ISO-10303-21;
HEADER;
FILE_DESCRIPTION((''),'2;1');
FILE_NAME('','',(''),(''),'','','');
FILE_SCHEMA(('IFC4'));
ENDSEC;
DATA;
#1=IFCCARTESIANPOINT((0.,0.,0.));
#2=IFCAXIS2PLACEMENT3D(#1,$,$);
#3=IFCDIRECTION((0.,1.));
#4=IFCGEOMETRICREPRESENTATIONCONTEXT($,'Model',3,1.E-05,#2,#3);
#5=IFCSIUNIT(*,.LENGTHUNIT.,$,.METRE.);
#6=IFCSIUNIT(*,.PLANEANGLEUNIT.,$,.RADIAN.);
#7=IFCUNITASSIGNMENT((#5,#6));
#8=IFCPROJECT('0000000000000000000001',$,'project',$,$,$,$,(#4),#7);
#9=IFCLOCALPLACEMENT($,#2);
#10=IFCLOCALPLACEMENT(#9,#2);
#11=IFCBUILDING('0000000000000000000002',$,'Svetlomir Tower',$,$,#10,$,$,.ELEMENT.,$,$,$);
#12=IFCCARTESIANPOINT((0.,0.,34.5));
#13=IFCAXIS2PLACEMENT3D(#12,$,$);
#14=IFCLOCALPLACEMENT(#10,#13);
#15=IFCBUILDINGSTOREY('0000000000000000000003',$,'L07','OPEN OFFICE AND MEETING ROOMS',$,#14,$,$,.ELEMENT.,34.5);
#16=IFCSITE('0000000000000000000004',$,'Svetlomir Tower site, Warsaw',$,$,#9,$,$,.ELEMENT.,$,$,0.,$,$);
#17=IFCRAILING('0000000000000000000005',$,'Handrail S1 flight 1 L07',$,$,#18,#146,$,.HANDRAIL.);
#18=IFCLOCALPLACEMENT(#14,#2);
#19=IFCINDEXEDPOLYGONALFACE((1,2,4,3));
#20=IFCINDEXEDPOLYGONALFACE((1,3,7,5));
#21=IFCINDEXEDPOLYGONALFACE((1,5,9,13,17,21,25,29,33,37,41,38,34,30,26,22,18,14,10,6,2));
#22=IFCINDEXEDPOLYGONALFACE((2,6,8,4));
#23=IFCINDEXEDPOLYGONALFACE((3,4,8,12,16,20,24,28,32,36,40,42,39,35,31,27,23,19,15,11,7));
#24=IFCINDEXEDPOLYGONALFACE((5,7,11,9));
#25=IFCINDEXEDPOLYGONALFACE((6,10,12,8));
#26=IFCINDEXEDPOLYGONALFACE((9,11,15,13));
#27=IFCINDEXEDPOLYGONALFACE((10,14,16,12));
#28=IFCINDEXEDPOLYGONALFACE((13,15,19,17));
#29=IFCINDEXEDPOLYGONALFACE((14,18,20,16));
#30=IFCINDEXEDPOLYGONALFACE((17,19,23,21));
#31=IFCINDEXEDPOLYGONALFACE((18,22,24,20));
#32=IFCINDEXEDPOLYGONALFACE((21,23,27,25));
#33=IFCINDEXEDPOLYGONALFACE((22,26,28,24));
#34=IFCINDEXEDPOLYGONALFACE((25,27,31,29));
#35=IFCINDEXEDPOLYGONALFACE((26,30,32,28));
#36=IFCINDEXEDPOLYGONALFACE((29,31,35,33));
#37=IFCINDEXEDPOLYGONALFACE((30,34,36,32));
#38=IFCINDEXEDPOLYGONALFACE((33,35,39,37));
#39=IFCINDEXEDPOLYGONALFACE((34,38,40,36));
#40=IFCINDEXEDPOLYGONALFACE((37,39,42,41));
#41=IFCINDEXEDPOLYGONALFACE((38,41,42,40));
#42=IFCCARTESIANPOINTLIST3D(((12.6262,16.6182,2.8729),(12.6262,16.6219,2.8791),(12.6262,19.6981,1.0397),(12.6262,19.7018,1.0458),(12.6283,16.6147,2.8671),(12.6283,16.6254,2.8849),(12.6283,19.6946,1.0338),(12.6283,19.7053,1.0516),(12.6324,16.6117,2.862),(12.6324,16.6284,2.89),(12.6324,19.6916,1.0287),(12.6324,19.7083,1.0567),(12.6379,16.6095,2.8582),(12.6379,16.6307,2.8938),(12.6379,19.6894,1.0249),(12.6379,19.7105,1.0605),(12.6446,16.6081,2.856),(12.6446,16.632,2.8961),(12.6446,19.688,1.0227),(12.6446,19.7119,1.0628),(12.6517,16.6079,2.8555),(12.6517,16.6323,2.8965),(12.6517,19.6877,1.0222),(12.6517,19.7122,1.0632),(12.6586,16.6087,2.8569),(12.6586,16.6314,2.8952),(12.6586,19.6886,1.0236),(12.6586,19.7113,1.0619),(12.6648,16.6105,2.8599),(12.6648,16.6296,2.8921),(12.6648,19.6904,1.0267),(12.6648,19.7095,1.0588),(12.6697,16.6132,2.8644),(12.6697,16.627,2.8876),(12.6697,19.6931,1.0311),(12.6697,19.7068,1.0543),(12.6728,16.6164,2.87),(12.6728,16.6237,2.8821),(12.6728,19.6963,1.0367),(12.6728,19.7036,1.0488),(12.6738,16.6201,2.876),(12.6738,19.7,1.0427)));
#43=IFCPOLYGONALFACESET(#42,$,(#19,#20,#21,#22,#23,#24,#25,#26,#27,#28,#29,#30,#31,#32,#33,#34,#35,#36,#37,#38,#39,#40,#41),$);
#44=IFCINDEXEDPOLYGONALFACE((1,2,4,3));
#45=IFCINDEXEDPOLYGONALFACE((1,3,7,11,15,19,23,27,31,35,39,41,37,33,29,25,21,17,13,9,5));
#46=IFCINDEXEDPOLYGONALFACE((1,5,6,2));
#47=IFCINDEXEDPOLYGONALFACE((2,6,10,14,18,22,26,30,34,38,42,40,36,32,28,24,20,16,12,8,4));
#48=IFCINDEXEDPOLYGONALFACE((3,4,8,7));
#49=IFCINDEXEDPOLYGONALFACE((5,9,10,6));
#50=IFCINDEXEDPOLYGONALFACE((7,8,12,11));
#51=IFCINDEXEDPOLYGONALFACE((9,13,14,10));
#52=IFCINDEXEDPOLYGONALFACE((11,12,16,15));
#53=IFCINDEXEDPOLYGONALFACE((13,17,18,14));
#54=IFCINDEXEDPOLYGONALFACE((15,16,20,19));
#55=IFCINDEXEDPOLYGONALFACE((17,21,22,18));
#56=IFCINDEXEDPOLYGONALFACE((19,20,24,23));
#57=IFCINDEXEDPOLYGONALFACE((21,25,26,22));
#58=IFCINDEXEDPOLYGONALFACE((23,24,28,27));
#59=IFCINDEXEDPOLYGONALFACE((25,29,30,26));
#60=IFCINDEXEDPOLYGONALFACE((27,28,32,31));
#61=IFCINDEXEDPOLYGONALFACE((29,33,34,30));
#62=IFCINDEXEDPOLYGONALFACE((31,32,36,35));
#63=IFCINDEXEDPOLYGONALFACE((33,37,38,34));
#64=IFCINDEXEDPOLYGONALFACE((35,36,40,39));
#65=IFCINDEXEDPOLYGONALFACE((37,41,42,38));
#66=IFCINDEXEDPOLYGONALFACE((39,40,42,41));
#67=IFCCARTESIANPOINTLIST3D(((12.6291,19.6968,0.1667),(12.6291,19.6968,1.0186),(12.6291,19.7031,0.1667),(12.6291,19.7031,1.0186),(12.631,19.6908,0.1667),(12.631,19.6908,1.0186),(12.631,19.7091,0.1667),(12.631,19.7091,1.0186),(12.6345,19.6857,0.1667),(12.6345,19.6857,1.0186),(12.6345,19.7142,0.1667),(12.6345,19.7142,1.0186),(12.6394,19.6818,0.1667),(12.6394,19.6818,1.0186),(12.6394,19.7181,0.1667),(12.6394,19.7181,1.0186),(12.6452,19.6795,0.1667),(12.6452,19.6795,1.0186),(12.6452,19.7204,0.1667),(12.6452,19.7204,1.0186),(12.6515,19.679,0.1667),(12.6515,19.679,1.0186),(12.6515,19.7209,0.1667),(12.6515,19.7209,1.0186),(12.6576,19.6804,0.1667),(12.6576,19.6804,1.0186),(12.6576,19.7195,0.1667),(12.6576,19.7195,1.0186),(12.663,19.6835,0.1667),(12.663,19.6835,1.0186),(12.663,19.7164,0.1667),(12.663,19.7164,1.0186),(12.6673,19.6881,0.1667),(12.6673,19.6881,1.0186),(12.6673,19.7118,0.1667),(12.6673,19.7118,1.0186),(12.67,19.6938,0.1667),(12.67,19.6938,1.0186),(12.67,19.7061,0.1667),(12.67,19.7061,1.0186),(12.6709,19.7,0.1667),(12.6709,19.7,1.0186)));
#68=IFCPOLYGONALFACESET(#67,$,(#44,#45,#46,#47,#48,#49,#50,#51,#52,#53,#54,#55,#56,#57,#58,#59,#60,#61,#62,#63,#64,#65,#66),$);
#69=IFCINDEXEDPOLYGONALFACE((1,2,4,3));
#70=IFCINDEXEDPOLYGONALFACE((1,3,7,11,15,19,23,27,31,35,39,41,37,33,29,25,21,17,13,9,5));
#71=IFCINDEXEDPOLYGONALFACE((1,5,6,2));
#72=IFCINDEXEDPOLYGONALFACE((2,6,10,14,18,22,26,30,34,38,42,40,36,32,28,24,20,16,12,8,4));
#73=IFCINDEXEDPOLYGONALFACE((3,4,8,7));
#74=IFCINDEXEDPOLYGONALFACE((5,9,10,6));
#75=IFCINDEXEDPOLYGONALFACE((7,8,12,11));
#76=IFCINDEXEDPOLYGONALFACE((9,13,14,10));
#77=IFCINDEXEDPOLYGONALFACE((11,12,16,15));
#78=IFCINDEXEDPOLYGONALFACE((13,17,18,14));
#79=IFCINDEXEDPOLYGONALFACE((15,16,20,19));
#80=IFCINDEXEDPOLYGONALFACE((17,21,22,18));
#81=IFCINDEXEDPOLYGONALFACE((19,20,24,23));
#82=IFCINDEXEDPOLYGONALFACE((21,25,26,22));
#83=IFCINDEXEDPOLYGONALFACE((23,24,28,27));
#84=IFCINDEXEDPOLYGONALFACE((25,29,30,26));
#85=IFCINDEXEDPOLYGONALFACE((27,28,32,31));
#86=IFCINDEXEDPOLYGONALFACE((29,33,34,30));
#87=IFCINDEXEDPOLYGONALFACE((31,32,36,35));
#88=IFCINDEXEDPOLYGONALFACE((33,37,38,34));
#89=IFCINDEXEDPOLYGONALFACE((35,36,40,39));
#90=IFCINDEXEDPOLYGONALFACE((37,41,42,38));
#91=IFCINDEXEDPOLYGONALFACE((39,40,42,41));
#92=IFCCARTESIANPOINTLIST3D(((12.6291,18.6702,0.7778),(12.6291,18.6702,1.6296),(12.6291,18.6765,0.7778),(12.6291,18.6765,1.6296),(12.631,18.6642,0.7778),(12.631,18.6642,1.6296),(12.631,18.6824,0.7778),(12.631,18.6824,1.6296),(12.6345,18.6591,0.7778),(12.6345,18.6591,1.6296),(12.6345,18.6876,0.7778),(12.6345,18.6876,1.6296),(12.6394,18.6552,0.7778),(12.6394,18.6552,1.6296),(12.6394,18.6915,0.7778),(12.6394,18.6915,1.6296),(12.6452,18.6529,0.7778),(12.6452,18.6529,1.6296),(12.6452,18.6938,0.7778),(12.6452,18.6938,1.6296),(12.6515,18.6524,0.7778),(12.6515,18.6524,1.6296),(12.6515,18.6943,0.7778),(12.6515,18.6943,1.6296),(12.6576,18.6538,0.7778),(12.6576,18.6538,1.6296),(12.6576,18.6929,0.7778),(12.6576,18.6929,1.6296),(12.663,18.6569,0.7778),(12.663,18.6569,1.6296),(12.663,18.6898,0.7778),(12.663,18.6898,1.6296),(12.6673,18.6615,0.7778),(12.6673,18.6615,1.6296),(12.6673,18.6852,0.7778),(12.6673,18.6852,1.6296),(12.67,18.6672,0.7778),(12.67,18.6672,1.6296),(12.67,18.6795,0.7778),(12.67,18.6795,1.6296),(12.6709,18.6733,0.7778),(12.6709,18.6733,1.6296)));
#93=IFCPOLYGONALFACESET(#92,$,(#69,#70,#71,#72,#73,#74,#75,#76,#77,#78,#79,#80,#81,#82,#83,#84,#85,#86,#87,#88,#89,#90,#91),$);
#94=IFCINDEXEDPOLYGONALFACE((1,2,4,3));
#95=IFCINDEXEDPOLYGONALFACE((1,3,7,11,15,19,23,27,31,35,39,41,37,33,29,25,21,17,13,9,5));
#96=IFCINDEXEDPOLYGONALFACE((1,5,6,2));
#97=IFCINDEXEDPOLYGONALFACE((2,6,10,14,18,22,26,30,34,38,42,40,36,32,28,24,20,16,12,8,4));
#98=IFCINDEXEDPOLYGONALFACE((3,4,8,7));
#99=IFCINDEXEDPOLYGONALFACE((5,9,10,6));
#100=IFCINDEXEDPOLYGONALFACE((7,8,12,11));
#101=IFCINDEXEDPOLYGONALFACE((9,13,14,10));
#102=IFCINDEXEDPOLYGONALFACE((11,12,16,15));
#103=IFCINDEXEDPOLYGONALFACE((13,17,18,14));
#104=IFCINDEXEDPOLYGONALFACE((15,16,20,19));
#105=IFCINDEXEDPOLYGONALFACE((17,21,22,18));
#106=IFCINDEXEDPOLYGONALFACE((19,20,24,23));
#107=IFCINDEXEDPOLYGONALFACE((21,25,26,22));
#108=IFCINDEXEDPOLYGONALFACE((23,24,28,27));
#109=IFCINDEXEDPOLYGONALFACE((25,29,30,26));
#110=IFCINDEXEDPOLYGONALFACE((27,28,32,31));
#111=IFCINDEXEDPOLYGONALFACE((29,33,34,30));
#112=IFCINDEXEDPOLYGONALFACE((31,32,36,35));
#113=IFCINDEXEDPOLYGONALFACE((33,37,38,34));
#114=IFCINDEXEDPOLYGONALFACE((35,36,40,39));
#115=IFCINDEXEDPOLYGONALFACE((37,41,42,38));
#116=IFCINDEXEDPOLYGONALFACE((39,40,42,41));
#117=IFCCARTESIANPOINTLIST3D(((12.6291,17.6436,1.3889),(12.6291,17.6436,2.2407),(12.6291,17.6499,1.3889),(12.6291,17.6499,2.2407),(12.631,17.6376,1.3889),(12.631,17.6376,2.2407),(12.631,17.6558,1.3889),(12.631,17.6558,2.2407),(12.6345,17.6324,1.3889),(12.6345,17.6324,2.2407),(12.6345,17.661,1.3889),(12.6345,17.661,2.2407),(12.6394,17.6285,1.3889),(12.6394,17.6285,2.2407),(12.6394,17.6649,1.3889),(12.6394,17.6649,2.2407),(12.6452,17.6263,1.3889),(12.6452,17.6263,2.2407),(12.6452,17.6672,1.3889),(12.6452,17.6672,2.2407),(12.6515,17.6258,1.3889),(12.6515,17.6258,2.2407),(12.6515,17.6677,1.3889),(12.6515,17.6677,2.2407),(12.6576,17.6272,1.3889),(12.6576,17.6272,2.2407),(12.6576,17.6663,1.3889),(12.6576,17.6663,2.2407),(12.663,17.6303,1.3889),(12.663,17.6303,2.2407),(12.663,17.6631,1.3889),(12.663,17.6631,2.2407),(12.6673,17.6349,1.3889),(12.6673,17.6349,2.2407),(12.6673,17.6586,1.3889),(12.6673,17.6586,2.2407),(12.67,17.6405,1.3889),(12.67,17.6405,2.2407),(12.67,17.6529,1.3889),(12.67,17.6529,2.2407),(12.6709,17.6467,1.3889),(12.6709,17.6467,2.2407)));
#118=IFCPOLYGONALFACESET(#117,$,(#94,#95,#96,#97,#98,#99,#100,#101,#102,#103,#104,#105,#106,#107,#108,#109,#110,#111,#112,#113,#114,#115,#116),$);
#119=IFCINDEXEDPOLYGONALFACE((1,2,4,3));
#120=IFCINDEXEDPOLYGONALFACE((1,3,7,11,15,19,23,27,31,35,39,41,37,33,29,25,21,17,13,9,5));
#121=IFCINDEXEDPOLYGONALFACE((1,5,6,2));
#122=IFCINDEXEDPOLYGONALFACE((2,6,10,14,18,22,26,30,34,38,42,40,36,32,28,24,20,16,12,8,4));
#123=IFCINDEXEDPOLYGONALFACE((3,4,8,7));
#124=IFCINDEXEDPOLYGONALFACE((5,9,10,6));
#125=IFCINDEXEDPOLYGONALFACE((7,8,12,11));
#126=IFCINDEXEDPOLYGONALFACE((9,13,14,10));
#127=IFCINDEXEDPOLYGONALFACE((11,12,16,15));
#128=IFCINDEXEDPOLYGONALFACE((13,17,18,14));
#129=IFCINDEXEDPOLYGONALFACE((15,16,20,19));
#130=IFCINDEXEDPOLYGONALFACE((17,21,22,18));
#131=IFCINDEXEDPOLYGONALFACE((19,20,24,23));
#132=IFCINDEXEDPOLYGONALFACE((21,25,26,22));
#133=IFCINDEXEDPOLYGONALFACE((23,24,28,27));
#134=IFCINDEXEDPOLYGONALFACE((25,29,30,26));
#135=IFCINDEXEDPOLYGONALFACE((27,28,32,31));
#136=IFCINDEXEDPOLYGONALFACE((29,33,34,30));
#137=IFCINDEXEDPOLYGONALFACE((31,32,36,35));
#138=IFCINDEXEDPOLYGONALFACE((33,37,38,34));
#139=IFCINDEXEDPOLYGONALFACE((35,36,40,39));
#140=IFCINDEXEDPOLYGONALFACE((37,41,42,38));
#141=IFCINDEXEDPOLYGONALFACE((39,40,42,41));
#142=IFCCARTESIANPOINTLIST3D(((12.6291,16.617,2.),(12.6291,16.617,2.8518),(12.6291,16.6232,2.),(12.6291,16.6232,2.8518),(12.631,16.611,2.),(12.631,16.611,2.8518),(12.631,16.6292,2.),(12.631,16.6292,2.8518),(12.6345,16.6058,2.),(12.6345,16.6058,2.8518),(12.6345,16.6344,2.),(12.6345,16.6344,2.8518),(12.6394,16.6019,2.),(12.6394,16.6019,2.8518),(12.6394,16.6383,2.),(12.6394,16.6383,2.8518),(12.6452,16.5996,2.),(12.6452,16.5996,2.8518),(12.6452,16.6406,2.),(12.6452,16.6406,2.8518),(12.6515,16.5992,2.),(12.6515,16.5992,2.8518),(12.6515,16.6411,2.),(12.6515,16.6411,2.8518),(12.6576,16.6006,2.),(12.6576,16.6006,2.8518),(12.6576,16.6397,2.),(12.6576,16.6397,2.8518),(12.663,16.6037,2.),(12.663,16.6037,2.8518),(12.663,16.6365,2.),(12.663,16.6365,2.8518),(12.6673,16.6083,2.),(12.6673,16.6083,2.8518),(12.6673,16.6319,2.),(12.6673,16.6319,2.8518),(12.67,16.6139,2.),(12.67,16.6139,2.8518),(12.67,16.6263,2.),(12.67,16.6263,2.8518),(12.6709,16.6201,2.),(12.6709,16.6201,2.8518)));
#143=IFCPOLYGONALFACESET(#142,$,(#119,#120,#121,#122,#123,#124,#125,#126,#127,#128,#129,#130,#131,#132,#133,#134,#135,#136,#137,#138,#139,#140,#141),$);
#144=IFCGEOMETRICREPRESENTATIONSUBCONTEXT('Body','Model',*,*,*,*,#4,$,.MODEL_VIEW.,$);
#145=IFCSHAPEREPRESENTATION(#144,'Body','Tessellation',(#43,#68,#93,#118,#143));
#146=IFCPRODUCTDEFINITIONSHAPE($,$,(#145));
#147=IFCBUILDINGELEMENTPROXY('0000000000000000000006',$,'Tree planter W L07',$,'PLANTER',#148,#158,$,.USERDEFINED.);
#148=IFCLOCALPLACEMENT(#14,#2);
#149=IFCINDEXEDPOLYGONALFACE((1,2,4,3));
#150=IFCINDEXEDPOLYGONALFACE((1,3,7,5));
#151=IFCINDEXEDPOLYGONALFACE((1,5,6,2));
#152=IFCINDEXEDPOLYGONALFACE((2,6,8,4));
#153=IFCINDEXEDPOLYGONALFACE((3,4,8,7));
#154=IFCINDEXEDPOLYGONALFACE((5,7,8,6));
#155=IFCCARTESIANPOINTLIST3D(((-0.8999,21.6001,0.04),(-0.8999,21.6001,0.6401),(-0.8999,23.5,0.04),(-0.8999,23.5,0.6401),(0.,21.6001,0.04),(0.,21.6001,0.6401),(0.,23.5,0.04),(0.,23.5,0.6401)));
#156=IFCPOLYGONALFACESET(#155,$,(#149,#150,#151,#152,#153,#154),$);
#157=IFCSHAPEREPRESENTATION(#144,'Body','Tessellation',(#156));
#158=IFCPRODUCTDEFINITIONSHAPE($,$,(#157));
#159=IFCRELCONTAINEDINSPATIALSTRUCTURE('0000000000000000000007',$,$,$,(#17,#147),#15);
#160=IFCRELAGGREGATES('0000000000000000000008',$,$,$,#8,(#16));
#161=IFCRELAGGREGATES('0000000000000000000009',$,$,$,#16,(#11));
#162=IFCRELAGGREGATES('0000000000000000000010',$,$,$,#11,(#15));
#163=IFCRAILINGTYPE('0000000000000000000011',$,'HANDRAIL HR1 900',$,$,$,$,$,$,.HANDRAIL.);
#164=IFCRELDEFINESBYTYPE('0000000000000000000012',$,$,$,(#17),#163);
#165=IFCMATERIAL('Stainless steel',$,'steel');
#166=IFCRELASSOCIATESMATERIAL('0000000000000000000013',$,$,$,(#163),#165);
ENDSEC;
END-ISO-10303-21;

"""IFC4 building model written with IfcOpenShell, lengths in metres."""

from ifc_helpers import new_model, si_unit, direction, frame, origin, origin_2d, place, context, subcontext, project, spatial, rectangle, circle, extrude, material, type_object, element, save


model = new_model("IFC4")

# Units and contexts
model_context = context("Model", 3, precision=1e-05, world=origin(), true_north=direction((0.0, 1.0)))
body_context = subcontext(model_context, "Body", "Model", "MODEL_VIEW")
ifc_project = project(units=[si_unit("LENGTHUNIT", "METRE"), si_unit("PLANEANGLEUNIT", "RADIAN")], contexts=[model_context])

# Site, building, storey
site_placement = place(None, origin())
site = spatial("IfcSite", under=ifc_project, at=site_placement, Name="Svetlomir Tower site, Warsaw", CompositionType="ELEMENT", RefElevation=0.0)
building_placement = place(site_placement, origin())
building = spatial("IfcBuilding", under=site, at=building_placement, Name="Svetlomir Tower", CompositionType="ELEMENT")
storey_placement = place(building_placement, frame((0.0, 0.0, 34.5)))
storey = spatial("IfcBuildingStorey", under=building, at=storey_placement, Name="L07", Description="OPEN OFFICE AND MEETING ROOMS", CompositionType="ELEMENT", Elevation=34.5)

# Railing
ifc_material_1 = material(Name="Stainless steel", Category="steel")
railing_type_1 = type_object("IfcRailingType", Name="HANDRAIL HR1 900", PredefinedType="HANDRAIL", material=ifc_material_1)
railing_1_placement = place(storey_placement, frame((12.6499, 19.7, 0.1667)))
element("IfcRailing", 1, at=railing_1_placement, inside=storey, type_object=railing_type_1, Name="Handrail S1 flight 1 L07", PredefinedType="HANDRAIL", context=body_context, shape_type="SweptSolid", body=[
    extrude(circle(Radius=0.0239, at=origin_2d()), frame((0.0, 0.0, 0.876), z_axis=(0.0, -0.859291, 0.511487), x_axis=(1.0, 0.0, 0.0)), (0.0, 0.0, 1.0), 3.5842),
    extrude(circle(Radius=0.021, at=origin_2d()), origin(), (0.0, 0.0, 1.0), 0.8518),
    extrude(circle(Radius=0.021, at=origin_2d()), frame((0.0, -1.0266, 0.6111)), (0.0, 0.0, 1.0), 0.8518),
    extrude(circle(Radius=0.021, at=origin_2d()), frame((0.0, -2.0532, 1.2222)), (0.0, 0.0, 1.0), 0.8518),
    extrude(circle(Radius=0.021, at=origin_2d()), frame((0.0, -3.0798, 1.8333)), (0.0, 0.0, 1.0), 0.8518),
])

# Building element proxy
proxy_placement = place(storey_placement, frame((-0.45, 22.55, 0.04), z_axis=(0.0, 0.0, 1.0), x_axis=(1.0, 0.0, 0.0)))
element("IfcBuildingElementProxy", 2, at=proxy_placement, inside=storey, Name="Tree planter W L07", ObjectType="PLANTER", PredefinedType="USERDEFINED", context=body_context, shape_type="SweptSolid", body=[
    extrude(rectangle(XDim=0.8999, YDim=1.8999, at=origin_2d()), origin(), (0.0, 0.0, 1.0), 0.6001),
])

save(model, "model.ifc")
